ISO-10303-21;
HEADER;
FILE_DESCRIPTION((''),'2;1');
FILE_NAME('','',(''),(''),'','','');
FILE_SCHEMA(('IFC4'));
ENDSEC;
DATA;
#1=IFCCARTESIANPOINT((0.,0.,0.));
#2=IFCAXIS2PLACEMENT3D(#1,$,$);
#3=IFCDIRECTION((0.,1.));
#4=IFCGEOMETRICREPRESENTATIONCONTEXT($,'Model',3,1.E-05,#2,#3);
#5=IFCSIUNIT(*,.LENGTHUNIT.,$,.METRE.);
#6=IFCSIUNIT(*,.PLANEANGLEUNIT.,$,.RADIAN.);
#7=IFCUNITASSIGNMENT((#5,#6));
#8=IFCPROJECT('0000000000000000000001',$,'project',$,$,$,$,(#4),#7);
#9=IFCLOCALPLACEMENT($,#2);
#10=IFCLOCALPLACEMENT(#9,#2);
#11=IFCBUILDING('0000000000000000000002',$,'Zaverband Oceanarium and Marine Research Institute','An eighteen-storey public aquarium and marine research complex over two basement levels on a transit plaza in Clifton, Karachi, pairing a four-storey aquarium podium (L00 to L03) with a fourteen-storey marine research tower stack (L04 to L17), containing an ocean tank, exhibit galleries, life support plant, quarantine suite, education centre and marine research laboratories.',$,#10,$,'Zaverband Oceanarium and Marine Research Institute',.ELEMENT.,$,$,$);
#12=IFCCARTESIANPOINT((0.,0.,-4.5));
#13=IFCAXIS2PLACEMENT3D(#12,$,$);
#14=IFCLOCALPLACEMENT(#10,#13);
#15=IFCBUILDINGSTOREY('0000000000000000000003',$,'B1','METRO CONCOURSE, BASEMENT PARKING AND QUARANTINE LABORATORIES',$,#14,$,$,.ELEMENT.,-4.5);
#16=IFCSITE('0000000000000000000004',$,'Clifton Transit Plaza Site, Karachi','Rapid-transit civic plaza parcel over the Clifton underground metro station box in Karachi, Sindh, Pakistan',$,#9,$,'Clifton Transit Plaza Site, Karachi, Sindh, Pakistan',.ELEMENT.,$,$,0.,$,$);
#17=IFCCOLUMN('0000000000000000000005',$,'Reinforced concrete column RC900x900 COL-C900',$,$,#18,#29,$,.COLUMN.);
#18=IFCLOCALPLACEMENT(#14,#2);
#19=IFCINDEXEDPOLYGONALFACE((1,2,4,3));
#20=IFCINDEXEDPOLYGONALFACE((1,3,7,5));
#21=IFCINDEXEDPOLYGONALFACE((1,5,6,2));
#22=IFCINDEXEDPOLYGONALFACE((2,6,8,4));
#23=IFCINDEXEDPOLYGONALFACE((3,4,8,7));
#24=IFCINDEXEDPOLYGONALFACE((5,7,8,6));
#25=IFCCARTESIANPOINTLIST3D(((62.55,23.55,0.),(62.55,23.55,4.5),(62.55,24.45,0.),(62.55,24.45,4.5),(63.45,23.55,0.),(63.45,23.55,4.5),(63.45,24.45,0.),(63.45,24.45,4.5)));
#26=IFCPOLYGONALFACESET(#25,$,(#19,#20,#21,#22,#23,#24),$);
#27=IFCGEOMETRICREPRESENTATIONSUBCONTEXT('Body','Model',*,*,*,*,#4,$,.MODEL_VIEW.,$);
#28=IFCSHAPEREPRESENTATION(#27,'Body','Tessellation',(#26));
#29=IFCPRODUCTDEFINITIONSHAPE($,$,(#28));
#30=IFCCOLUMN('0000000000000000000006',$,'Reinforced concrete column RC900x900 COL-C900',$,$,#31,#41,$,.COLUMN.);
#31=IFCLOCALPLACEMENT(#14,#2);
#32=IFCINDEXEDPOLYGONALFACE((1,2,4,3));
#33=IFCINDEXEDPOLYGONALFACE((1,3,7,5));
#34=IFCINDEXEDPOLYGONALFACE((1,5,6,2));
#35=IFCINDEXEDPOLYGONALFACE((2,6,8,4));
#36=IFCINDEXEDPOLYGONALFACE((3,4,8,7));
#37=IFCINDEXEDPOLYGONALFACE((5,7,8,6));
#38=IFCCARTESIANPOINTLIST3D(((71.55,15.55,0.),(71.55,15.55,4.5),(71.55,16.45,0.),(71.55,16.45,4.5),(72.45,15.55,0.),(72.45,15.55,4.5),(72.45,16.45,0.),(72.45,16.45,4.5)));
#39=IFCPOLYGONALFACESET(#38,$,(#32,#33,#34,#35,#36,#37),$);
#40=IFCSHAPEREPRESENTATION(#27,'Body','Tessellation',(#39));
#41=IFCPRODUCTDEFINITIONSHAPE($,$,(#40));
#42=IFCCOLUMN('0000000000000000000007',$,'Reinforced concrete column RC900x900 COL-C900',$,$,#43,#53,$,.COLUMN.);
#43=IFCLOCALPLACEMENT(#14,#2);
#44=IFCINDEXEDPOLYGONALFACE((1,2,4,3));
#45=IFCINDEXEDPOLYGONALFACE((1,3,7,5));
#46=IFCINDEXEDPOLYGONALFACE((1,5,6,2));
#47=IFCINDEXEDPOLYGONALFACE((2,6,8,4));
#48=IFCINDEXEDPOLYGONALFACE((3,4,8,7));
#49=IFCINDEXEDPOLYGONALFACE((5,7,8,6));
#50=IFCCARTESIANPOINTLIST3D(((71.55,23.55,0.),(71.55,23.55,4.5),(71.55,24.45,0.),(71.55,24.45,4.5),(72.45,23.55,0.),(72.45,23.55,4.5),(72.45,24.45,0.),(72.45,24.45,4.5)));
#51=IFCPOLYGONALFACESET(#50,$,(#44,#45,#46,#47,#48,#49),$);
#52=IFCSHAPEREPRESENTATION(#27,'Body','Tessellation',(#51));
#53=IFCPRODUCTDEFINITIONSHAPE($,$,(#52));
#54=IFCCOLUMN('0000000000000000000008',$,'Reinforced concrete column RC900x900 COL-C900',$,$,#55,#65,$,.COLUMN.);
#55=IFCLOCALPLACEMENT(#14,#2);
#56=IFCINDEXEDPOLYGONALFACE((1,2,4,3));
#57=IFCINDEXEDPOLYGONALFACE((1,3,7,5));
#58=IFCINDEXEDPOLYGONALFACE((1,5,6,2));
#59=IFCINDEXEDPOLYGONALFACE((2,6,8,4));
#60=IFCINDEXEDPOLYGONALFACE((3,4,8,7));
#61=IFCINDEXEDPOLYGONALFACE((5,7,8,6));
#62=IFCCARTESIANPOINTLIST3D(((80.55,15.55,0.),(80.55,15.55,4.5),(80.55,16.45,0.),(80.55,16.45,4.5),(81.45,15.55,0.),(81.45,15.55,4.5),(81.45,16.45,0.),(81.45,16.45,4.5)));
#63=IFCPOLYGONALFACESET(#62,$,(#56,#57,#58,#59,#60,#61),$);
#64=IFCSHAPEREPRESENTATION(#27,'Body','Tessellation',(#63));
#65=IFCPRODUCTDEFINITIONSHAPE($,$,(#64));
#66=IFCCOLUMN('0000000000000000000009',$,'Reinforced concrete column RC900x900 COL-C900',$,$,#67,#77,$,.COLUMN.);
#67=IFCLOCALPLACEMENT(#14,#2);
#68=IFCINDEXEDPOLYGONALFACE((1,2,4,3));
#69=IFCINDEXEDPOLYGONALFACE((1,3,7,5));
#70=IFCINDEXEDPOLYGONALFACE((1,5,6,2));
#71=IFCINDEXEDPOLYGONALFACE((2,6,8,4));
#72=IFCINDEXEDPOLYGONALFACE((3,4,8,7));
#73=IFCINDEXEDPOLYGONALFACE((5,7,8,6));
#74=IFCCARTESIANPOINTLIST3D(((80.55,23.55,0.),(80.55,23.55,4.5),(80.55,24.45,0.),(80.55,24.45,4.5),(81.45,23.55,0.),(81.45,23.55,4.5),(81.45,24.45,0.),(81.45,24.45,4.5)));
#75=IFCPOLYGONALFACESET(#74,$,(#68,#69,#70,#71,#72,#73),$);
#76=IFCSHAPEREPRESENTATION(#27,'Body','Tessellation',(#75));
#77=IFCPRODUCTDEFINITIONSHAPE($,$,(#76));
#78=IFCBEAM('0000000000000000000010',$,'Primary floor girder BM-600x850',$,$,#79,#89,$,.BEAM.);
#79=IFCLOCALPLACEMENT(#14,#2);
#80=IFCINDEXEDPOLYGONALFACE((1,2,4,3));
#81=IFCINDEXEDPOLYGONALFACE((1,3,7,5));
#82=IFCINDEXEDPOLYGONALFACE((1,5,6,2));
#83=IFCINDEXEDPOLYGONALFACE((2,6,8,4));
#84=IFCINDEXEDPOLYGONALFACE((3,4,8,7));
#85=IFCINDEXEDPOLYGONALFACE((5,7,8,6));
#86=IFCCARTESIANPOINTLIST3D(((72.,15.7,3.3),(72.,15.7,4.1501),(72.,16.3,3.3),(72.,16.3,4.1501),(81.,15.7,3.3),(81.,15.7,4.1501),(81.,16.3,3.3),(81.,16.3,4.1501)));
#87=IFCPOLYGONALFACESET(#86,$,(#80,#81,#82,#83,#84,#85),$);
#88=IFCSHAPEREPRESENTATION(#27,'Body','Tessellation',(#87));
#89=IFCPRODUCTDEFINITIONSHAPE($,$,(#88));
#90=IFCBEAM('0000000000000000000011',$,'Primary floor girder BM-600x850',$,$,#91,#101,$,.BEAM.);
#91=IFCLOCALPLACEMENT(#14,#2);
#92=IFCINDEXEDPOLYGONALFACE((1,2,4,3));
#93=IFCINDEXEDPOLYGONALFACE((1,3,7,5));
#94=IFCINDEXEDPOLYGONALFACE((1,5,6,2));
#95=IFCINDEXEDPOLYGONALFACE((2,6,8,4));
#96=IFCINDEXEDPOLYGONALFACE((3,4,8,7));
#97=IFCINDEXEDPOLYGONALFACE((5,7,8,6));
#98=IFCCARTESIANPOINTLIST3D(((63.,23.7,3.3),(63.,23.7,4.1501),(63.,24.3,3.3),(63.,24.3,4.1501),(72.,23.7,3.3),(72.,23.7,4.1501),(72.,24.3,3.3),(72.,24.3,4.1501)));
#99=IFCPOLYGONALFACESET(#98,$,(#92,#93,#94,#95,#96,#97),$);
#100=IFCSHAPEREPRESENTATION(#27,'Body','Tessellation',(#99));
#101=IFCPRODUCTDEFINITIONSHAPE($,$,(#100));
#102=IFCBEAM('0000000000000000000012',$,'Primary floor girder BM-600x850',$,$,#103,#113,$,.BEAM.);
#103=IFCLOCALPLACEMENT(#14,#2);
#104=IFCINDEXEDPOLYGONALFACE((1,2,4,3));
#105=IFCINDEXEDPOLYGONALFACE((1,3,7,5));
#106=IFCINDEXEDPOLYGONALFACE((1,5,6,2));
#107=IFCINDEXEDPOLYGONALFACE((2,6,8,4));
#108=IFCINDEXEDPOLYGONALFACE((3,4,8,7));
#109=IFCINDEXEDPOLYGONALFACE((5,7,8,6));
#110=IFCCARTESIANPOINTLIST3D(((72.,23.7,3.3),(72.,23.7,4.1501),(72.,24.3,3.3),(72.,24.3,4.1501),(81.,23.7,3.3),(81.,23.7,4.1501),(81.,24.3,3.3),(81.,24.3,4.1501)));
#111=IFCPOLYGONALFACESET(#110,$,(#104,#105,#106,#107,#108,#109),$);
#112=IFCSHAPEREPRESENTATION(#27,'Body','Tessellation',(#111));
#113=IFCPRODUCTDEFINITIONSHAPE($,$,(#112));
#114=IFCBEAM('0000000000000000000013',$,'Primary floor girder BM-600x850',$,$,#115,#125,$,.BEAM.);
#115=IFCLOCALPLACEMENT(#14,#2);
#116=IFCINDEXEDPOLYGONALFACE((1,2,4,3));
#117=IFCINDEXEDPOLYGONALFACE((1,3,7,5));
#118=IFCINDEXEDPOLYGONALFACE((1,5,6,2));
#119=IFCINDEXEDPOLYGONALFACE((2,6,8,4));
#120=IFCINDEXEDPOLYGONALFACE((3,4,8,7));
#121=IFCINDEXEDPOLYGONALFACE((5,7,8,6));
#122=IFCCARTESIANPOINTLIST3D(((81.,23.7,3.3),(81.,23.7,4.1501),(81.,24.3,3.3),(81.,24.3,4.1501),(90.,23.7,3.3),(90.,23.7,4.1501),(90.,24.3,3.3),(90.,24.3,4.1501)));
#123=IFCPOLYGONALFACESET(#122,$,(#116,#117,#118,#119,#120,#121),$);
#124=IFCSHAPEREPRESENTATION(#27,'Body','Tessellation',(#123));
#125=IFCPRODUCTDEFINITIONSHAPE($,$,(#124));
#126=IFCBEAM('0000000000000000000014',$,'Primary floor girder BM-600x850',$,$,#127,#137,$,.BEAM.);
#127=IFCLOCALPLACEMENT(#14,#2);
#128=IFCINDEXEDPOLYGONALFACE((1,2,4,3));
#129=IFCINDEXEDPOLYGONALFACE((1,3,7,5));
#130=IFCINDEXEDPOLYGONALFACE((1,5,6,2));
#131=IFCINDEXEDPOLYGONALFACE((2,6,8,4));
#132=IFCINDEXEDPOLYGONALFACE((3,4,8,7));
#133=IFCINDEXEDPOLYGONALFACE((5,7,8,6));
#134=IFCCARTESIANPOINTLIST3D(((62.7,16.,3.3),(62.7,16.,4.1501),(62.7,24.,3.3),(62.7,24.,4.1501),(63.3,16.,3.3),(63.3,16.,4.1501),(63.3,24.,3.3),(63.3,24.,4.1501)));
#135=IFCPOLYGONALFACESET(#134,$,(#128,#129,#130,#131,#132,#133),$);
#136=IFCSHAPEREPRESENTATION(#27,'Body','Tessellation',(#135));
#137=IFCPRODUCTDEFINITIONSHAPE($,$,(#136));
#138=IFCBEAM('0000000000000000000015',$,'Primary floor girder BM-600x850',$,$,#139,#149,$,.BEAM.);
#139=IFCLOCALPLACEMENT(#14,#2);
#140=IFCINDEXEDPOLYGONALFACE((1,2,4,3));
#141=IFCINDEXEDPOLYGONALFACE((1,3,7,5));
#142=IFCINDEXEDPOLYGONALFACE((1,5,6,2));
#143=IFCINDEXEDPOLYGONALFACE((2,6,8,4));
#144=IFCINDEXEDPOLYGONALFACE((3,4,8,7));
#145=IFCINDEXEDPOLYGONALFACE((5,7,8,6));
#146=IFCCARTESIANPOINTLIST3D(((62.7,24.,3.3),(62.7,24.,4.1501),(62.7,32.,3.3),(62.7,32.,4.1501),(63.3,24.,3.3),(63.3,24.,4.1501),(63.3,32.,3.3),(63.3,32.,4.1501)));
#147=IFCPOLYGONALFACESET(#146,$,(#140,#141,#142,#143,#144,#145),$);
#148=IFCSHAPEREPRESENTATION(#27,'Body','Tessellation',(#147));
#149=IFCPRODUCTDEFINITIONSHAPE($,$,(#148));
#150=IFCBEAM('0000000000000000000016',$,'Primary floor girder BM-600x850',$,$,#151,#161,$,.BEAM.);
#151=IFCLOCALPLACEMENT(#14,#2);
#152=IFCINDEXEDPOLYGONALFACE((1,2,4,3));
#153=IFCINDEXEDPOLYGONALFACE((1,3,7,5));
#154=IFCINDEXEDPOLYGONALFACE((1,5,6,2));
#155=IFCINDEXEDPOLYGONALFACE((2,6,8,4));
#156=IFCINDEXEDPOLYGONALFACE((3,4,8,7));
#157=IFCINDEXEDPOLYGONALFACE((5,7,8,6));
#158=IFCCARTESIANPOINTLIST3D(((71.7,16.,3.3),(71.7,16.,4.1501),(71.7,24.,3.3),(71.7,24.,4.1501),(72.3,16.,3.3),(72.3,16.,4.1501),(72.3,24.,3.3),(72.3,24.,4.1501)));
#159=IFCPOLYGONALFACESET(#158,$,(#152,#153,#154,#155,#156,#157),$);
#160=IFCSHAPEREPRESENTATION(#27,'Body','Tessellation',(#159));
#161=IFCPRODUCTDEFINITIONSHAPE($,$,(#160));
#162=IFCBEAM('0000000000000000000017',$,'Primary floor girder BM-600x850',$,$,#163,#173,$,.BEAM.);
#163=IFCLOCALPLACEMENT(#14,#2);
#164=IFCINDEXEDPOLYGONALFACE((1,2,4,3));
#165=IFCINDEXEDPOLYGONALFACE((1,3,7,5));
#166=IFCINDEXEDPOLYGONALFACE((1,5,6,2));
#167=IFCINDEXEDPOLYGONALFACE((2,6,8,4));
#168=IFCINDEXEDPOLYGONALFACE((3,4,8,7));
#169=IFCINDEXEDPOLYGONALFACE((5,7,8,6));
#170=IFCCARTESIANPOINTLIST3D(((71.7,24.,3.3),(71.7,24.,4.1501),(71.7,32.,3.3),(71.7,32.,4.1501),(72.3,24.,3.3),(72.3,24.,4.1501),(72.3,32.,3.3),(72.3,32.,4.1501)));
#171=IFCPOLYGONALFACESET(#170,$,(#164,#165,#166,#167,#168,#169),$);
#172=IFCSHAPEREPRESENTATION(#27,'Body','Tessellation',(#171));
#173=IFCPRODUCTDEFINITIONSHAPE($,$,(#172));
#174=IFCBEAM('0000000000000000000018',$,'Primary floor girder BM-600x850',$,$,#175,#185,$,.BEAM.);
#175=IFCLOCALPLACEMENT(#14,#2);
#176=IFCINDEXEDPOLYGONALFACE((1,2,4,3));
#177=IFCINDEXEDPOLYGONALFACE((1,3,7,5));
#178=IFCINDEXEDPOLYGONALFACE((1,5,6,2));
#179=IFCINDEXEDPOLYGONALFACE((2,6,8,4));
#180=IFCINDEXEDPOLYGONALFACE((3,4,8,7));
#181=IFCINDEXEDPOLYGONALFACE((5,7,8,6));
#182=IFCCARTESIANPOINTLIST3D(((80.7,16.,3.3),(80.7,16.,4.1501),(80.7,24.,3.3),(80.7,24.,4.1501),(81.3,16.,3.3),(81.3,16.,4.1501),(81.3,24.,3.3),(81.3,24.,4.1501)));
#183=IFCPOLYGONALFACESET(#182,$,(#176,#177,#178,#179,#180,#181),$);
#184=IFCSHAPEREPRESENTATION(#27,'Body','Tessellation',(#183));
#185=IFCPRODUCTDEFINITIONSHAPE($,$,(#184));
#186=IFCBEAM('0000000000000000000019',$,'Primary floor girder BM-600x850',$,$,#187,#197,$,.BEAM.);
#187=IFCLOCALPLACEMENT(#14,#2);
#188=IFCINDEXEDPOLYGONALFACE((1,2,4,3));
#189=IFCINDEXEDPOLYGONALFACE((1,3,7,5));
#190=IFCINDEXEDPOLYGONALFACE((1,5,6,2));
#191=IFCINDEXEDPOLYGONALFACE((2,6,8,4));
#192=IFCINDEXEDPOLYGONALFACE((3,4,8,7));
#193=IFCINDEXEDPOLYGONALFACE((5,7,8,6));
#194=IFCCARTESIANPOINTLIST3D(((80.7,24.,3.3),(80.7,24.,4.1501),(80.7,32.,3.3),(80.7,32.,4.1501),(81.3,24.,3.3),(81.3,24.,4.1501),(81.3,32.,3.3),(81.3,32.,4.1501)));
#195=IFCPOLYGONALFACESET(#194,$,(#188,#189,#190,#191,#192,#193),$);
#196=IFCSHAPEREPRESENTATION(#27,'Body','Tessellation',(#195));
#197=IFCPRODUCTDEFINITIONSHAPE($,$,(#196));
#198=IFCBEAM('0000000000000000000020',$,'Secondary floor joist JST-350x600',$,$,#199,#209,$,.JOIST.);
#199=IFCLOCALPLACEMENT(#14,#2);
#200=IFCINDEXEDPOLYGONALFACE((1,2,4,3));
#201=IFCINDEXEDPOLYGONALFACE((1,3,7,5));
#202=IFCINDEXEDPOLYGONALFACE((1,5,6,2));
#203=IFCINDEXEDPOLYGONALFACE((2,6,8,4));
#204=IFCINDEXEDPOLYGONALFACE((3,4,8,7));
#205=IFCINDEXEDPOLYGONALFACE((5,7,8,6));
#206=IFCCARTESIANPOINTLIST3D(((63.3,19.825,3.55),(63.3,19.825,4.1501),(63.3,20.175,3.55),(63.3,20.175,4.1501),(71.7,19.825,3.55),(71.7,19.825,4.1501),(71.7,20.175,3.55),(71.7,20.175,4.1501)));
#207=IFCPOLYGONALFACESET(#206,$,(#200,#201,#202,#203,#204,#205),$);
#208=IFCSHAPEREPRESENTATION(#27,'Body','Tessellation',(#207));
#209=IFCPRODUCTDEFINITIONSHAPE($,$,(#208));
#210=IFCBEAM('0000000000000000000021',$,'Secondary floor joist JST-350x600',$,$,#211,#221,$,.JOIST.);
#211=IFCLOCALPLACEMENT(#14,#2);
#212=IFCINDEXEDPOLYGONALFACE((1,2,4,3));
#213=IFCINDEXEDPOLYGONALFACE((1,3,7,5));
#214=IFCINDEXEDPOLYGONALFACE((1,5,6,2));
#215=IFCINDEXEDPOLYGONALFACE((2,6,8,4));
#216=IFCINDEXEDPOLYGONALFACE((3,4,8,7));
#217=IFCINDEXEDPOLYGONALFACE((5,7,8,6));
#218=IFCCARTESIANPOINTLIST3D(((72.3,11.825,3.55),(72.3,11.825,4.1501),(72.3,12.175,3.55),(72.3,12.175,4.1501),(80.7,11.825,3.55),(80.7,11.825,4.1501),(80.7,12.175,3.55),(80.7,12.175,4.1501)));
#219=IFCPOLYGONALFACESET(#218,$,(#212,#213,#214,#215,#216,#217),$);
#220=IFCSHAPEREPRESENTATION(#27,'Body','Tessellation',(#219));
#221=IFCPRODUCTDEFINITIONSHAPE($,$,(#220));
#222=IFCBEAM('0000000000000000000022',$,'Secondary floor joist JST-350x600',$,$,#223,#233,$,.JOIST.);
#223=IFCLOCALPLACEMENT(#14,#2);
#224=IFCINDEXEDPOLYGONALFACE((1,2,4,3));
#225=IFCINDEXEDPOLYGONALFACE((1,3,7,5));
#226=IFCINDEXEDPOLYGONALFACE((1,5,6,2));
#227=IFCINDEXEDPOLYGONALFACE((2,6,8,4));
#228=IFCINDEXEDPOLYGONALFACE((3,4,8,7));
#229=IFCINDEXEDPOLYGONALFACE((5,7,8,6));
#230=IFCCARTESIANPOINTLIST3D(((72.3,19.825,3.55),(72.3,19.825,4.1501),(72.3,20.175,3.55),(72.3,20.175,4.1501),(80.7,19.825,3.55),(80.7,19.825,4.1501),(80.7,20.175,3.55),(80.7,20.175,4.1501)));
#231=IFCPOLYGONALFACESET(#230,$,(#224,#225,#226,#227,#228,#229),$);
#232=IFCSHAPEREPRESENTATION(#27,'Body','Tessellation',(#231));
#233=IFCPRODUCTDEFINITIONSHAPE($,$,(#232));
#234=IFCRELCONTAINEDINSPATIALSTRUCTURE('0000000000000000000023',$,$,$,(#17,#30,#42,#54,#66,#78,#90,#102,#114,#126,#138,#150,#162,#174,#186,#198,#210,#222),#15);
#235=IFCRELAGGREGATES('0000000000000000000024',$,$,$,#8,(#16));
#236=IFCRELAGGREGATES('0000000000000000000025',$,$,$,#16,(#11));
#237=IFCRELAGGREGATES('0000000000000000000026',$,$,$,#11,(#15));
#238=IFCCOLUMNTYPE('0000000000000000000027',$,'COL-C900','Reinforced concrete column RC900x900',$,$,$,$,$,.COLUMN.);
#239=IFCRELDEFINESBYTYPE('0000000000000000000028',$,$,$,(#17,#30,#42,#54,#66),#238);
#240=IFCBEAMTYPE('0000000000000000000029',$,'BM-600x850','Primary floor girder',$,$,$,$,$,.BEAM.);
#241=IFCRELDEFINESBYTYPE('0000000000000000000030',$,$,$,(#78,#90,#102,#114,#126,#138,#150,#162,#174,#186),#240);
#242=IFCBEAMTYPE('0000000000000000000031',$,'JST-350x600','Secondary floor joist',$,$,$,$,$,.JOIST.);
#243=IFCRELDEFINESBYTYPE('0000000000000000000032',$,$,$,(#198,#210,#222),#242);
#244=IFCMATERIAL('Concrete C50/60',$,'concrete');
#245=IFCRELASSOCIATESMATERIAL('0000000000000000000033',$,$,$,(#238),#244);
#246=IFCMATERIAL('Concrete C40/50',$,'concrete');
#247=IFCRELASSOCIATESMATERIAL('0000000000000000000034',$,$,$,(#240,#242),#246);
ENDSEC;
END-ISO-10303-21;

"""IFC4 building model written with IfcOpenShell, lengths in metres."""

from ifc_helpers import new_model, si_unit, direction, frame, origin, origin_2d, place, context, subcontext, project, spatial, rectangle, extrude, material, material_profile, profile_set, type_object, element, save


model = new_model("IFC4")

# Units and contexts
model_context = context("Model", 3, precision=1e-05, world=origin(), true_north=direction((0.0, 1.0)))
body_context = subcontext(model_context, "Body", "Model", "MODEL_VIEW")
ifc_project = project(units=[si_unit("LENGTHUNIT", "METRE"), si_unit("PLANEANGLEUNIT", "RADIAN")], contexts=[model_context])

# Site, building, storey
site_placement = place(None, origin())
site = spatial("IfcSite", under=ifc_project, at=site_placement, Name="Clifton Transit Plaza Site, Karachi", Description="Rapid-transit civic plaza parcel over the Clifton underground metro station box in Karachi, Sindh, Pakistan", LongName="Clifton Transit Plaza Site, Karachi, Sindh, Pakistan", CompositionType="ELEMENT", RefElevation=0.0)
building_placement = place(site_placement, origin())
building = spatial("IfcBuilding", under=site, at=building_placement, Name="Zaverband Oceanarium and Marine Research Institute", Description="An eighteen-storey public aquarium and marine research complex over two basement levels on a transit plaza in Clifton, Karachi, pairing a four-storey aquarium podium (L00 to L03) with a fourteen-storey marine research tower stack (L04 to L17), containing an ocean tank, exhibit galleries, life support plant, quarantine suite, education centre and marine research laboratories.", LongName="Zaverband Oceanarium and Marine Research Institute", CompositionType="ELEMENT")
storey_placement = place(building_placement, frame((0.0, 0.0, -4.5)))
storey = spatial("IfcBuildingStorey", under=building, at=storey_placement, Name="B1", Description="METRO CONCOURSE, BASEMENT PARKING AND QUARANTINE LABORATORIES", CompositionType="ELEMENT", Elevation=-4.5)

# Columns
ifc_material_1 = material(Name="Concrete C50/60", Category="concrete")
ifc_material_profile_1 = material_profile(ifc_material_1, rectangle(XDim=0.8999, YDim=0.8999, at=origin_2d()), Name="RC900x900")
ifc_profile_set_1 = profile_set([ifc_material_profile_1], Name="Concrete C50/60")
column_type = type_object("IfcColumnType", Name="COL-C900", Description="Reinforced concrete column RC900x900", PredefinedType="COLUMN", material=ifc_profile_set_1)
for number, where, z_axis, x_axis, name in (
    (1, (63.0, 24.0, 0.0), (0.0, 0.0, 1.0), (1.0, 0.0, 0.0), "Reinforced concrete column RC900x900 COL-C900"),
    (2, (72.0, 16.0, 0.0), (0.0, 0.0, 1.0), (1.0, 0.0, 0.0), "Reinforced concrete column RC900x900 COL-C900"),
    (3, (72.0, 24.0, 0.0), (0.0, 0.0, 1.0), (1.0, 0.0, 0.0), "Reinforced concrete column RC900x900 COL-C900"),
    (4, (81.0, 16.0, 0.0), (0.0, 0.0, 1.0), (1.0, 0.0, 0.0), "Reinforced concrete column RC900x900 COL-C900"),
    (5, (81.0, 24.0, 0.0), (0.0, 0.0, 1.0), (1.0, 0.0, 0.0), "Reinforced concrete column RC900x900 COL-C900"),
):
    element("IfcColumn", number, at=place(storey_placement, frame(where, z_axis=z_axis, x_axis=x_axis)), inside=storey, type_object=column_type, Name=name, PredefinedType="COLUMN", context=body_context, shape_type="SweptSolid", body=[
        extrude(rectangle(XDim=0.8999, YDim=0.8999, at=origin_2d()), origin(), (0.0, 0.0, 1.0), 4.5),
    ])

# Beams
ifc_material_2 = material(Name="Concrete C40/50", Category="concrete")
ifc_material_profile_2 = material_profile(ifc_material_2, rectangle(XDim=0.6001, YDim=0.8501, at=origin_2d()), Name="RC600x850")
ifc_profile_set_2 = profile_set([ifc_material_profile_2], Name="Concrete C40/50")
beam_type_1 = type_object("IfcBeamType", Name="BM-600x850", Description="Primary floor girder", PredefinedType="BEAM", material=ifc_profile_set_2)
for number, where, z_axis, x_axis, name in (
    (6, (72.0, 16.0, 3.7251), (1.0, 0.0, 0.0), (0.0, 1.0, 0.0), "Primary floor girder BM-600x850"),
    (7, (63.0, 24.0, 3.7251), (1.0, 0.0, 0.0), (0.0, 1.0, 0.0), "Primary floor girder BM-600x850"),
    (8, (72.0, 24.0, 3.7251), (1.0, 0.0, 0.0), (0.0, 1.0, 0.0), "Primary floor girder BM-600x850"),
    (9, (81.0, 24.0, 3.7251), (1.0, 0.0, 0.0), (0.0, 1.0, 0.0), "Primary floor girder BM-600x850"),
):
    element("IfcBeam", number, at=place(storey_placement, frame(where, z_axis=z_axis, x_axis=x_axis)), inside=storey, type_object=beam_type_1, Name=name, PredefinedType="BEAM", context=body_context, shape_type="SweptSolid", body=[
        extrude(rectangle(XDim=0.6001, YDim=0.8501, at=origin_2d()), origin(), (0.0, 0.0, 1.0), 9.0),
    ])
for number, where, z_axis, x_axis, name in (
    (10, (63.0, 16.0, 3.7251), (0.0, 1.0, 0.0), (-1.0, 0.0, 0.0), "Primary floor girder BM-600x850"),
    (11, (63.0, 24.0, 3.7251), (0.0, 1.0, 0.0), (-1.0, 0.0, 0.0), "Primary floor girder BM-600x850"),
    (12, (72.0, 16.0, 3.7251), (0.0, 1.0, 0.0), (-1.0, 0.0, 0.0), "Primary floor girder BM-600x850"),
    (13, (72.0, 24.0, 3.7251), (0.0, 1.0, 0.0), (-1.0, 0.0, 0.0), "Primary floor girder BM-600x850"),
    (14, (81.0, 16.0, 3.7251), (0.0, 1.0, 0.0), (-1.0, 0.0, 0.0), "Primary floor girder BM-600x850"),
    (15, (81.0, 24.0, 3.7251), (0.0, 1.0, 0.0), (-1.0, 0.0, 0.0), "Primary floor girder BM-600x850"),
):
    element("IfcBeam", number, at=place(storey_placement, frame(where, z_axis=z_axis, x_axis=x_axis)), inside=storey, type_object=beam_type_1, Name=name, PredefinedType="BEAM", context=body_context, shape_type="SweptSolid", body=[
        extrude(rectangle(XDim=0.6001, YDim=0.8501, at=origin_2d()), origin(), (0.0, 0.0, 1.0), 8.0),
    ])
ifc_material_profile_3 = material_profile(ifc_material_2, rectangle(XDim=0.3501, YDim=0.6001, at=origin_2d()), Name="RC350x600")
ifc_profile_set_3 = profile_set([ifc_material_profile_3], Name="Concrete C40/50")
beam_type_2 = type_object("IfcBeamType", Name="JST-350x600", Description="Secondary floor joist", PredefinedType="JOIST", material=ifc_profile_set_3)
for number, where, z_axis, x_axis, name in (
    (16, (63.3, 20.0, 3.8501), (1.0, 0.0, 0.0), (0.0, 1.0, 0.0), "Secondary floor joist JST-350x600"),
    (17, (72.3, 12.0, 3.8501), (1.0, 0.0, 0.0), (0.0, 1.0, 0.0), "Secondary floor joist JST-350x600"),
    (18, (72.3, 20.0, 3.8501), (1.0, 0.0, 0.0), (0.0, 1.0, 0.0), "Secondary floor joist JST-350x600"),
):
    element("IfcBeam", number, at=place(storey_placement, frame(where, z_axis=z_axis, x_axis=x_axis)), inside=storey, type_object=beam_type_2, Name=name, PredefinedType="JOIST", context=body_context, shape_type="SweptSolid", body=[
        extrude(rectangle(XDim=0.3501, YDim=0.6001, at=origin_2d()), origin(), (0.0, 0.0, 1.0), 8.3999),
    ])

save(model, "model.ifc")
